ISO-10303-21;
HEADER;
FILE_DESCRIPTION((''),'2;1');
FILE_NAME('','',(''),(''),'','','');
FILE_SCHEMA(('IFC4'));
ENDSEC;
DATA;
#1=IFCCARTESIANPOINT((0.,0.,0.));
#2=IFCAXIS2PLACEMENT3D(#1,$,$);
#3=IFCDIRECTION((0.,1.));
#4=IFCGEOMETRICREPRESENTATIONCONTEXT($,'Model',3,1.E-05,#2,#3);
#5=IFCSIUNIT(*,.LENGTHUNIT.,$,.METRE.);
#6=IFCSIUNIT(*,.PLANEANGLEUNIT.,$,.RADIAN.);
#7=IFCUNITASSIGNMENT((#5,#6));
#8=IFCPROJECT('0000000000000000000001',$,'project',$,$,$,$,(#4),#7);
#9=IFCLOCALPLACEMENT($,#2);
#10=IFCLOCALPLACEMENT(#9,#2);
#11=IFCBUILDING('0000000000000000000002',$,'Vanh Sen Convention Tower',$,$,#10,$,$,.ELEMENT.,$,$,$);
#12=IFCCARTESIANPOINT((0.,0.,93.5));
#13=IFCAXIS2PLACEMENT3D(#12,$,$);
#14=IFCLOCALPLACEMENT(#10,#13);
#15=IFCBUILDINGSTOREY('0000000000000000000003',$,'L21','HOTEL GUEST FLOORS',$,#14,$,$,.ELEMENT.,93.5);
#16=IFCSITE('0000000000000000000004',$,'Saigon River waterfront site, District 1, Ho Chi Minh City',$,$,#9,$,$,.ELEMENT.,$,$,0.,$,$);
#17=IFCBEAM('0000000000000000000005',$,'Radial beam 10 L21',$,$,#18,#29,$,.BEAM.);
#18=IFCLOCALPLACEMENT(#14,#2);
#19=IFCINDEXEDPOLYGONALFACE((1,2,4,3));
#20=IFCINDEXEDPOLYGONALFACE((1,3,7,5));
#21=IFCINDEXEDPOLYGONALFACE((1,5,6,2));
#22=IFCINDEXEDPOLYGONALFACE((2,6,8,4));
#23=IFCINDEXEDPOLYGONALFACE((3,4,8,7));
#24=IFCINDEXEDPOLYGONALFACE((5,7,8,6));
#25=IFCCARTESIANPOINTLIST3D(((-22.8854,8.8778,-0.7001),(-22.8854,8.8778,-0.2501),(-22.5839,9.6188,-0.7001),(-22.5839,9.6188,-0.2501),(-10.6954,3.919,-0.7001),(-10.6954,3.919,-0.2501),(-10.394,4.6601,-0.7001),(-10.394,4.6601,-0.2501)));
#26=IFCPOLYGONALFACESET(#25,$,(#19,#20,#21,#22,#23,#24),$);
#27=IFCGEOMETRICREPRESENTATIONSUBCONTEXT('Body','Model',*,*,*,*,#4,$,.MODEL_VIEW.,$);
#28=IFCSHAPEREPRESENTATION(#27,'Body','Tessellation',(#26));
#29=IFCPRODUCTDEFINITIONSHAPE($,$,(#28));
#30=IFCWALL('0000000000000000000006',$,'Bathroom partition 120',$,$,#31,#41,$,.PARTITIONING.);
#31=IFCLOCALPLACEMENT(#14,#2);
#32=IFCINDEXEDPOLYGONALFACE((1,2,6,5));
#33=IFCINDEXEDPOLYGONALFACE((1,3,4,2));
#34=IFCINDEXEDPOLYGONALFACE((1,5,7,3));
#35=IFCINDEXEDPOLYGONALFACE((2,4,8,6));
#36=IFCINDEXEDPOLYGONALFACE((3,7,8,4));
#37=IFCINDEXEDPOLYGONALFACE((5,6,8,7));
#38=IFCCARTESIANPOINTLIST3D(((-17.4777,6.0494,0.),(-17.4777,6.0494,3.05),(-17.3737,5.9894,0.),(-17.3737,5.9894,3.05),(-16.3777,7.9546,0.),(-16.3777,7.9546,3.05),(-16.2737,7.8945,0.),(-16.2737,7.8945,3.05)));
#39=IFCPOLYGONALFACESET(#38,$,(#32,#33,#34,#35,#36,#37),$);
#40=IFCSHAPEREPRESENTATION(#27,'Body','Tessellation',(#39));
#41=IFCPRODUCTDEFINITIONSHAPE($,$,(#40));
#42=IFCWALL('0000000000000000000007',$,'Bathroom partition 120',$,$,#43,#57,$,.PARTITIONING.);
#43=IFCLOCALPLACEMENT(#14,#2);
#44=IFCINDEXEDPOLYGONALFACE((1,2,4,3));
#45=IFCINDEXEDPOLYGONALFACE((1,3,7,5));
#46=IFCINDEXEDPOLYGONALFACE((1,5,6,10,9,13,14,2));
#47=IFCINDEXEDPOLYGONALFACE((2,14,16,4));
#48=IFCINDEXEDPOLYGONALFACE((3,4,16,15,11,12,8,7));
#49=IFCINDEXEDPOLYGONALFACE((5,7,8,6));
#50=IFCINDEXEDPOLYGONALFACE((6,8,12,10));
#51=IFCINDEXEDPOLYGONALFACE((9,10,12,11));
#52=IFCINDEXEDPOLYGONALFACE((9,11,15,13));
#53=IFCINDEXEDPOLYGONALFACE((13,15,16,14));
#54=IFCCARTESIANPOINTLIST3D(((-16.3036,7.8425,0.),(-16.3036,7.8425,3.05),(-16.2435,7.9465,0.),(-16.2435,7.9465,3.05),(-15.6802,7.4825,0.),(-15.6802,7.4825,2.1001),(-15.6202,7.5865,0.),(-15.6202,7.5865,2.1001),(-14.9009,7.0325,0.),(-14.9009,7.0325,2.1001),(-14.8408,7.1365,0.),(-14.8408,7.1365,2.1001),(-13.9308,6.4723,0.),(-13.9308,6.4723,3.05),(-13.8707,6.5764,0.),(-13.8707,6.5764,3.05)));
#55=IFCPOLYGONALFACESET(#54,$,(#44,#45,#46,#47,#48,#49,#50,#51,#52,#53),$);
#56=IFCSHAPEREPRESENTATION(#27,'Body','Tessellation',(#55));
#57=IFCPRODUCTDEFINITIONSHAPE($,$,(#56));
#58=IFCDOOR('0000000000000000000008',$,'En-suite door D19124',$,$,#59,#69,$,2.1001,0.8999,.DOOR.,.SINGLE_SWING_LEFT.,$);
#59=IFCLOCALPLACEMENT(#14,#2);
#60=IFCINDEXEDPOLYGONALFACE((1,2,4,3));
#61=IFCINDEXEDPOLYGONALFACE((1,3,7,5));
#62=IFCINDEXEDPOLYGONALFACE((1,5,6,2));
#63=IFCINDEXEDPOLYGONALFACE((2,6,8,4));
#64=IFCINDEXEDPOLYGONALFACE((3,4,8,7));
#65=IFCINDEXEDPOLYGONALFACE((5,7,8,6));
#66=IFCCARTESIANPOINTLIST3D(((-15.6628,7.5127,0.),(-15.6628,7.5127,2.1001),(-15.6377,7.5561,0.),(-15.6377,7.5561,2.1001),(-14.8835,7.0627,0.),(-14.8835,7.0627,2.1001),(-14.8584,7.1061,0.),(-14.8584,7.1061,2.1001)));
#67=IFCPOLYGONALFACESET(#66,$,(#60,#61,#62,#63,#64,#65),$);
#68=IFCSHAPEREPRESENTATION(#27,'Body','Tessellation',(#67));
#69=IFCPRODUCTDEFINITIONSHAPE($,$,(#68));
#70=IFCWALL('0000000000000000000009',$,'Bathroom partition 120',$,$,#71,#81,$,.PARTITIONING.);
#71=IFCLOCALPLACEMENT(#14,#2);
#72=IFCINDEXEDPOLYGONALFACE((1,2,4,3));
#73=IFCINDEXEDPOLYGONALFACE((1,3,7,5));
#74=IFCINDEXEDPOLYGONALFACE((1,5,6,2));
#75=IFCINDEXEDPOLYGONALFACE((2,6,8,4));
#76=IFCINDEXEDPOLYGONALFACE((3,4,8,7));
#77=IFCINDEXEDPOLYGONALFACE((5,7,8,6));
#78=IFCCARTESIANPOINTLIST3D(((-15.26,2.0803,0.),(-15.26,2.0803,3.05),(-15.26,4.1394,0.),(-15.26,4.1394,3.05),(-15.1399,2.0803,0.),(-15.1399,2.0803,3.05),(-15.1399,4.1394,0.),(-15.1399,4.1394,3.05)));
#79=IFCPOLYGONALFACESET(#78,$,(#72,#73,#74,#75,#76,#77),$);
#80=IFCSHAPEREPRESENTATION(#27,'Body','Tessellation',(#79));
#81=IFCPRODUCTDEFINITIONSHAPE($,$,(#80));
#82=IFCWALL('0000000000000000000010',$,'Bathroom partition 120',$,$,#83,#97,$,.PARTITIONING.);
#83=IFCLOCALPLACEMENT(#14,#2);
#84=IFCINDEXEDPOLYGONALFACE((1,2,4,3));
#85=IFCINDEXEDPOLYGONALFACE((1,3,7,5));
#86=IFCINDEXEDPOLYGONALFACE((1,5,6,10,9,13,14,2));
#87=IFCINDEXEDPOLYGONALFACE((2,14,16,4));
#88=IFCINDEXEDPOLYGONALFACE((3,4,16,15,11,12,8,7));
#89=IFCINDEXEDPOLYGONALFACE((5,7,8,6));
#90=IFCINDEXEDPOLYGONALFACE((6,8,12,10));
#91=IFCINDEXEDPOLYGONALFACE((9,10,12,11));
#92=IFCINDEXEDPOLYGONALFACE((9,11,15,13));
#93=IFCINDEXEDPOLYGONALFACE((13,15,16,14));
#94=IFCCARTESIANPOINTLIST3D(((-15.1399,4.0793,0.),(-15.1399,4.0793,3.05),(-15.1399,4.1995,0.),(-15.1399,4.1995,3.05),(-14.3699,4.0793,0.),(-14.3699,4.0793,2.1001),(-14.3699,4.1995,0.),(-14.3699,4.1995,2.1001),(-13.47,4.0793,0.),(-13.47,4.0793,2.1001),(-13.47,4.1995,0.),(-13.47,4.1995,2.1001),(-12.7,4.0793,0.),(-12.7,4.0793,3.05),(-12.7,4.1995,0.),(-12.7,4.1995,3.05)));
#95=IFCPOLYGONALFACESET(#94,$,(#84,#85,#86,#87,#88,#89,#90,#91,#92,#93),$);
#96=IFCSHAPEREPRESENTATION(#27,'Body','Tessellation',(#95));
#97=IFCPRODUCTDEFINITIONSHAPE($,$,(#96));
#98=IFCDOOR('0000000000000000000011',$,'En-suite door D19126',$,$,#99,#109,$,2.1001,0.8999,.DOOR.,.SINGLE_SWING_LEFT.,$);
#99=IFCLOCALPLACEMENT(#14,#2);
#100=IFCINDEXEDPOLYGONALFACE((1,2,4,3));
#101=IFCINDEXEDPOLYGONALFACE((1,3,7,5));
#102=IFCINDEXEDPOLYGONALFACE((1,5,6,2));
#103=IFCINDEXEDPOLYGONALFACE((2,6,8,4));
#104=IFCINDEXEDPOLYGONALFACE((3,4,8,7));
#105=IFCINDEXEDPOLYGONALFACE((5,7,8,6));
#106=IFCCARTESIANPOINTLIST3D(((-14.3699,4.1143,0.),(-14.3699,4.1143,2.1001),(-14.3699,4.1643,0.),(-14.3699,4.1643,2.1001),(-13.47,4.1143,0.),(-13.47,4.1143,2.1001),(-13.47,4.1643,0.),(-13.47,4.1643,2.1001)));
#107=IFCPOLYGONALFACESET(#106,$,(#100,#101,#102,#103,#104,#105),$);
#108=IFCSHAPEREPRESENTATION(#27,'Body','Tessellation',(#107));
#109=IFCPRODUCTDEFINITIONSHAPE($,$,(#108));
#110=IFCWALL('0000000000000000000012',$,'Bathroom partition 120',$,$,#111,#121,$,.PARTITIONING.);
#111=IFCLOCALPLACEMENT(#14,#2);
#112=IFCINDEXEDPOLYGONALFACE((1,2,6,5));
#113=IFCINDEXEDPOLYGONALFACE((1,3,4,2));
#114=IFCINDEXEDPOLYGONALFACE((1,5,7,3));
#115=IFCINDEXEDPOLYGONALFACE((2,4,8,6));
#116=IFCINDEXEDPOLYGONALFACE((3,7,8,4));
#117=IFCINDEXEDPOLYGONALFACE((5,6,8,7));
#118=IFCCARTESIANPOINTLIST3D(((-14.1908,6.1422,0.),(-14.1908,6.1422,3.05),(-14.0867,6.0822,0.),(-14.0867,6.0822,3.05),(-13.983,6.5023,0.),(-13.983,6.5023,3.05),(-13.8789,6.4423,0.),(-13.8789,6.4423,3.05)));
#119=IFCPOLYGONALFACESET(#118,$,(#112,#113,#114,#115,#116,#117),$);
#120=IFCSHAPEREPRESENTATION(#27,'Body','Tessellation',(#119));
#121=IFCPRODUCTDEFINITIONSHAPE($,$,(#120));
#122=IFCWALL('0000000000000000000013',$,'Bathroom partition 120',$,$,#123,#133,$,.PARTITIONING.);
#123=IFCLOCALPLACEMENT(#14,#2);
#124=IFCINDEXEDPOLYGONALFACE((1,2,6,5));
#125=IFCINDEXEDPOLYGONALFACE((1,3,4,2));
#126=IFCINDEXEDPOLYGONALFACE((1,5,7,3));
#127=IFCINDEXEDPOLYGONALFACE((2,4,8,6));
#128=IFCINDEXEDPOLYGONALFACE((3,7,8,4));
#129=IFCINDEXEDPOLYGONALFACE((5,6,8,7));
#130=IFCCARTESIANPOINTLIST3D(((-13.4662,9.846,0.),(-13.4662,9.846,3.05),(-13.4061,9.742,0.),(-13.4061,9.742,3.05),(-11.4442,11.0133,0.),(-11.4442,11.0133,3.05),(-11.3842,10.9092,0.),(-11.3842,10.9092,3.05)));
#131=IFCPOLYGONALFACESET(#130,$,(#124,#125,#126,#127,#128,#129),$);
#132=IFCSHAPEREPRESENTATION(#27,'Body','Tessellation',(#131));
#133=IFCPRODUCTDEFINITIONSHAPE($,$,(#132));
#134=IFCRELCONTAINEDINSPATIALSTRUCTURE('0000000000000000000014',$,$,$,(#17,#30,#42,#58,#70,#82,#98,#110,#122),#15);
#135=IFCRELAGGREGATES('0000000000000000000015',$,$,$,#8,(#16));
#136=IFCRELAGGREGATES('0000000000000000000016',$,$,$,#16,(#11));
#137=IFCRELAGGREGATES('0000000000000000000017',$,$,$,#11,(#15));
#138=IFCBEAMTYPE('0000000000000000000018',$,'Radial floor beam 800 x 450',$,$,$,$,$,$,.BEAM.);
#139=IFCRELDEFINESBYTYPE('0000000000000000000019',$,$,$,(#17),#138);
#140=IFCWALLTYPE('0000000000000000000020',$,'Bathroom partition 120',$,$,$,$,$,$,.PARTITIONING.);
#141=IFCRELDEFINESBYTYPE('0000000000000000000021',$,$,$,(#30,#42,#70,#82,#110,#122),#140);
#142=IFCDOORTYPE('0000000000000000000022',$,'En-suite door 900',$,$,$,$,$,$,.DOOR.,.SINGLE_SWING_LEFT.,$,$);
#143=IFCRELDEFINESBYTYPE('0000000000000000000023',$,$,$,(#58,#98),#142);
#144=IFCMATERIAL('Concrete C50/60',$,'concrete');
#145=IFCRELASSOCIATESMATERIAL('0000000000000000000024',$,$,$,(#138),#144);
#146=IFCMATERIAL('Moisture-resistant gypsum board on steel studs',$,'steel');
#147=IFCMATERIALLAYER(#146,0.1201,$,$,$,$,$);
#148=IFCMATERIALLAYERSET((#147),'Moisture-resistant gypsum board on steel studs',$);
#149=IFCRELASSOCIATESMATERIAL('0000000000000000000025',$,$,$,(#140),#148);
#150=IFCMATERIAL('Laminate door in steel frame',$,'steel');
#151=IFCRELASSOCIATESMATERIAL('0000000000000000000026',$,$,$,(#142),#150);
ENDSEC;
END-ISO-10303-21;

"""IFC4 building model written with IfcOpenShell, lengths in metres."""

from ifc_helpers import new_model, si_unit, direction, frame, frame_2d, origin, origin_2d, place, context, subcontext, project, spatial, rectangle, extrude, material, layer, layer_set, material_profile, profile_set, type_object, element, fill, save


model = new_model("IFC4")

# Units and contexts
model_context = context("Model", 3, precision=1e-05, world=origin(), true_north=direction((0.0, 1.0)))
body_context = subcontext(model_context, "Body", "Model", "MODEL_VIEW")
ifc_project = project(units=[si_unit("LENGTHUNIT", "METRE"), si_unit("PLANEANGLEUNIT", "RADIAN")], contexts=[model_context])

# Site, building, storey
site_placement = place(None, origin())
site = spatial("IfcSite", under=ifc_project, at=site_placement, Name="Saigon River waterfront site, District 1, Ho Chi Minh City", CompositionType="ELEMENT", RefElevation=0.0)
building_placement = place(site_placement, origin())
building = spatial("IfcBuilding", under=site, at=building_placement, Name="Vanh Sen Convention Tower", CompositionType="ELEMENT")
storey_placement = place(building_placement, frame((0.0, 0.0, 93.5)))
storey = spatial("IfcBuildingStorey", under=building, at=storey_placement, Name="L21", Description="HOTEL GUEST FLOORS", CompositionType="ELEMENT", Elevation=93.5)

# Beam
ifc_material_1 = material(Name="Concrete C50/60", Category="concrete")
ifc_material_profile = material_profile(ifc_material_1, rectangle(XDim=0.8, YDim=0.45, at=origin_2d()), Name="RC 800X450")
ifc_profile_set = profile_set([ifc_material_profile], Name="Concrete C50/60")
beam_type = type_object("IfcBeamType", Name="Radial floor beam 800 x 450", PredefinedType="BEAM", material=ifc_profile_set)
beam_placement = place(storey_placement, frame((-22.7346, 9.2483, -0.4751), z_axis=(0.926292, -0.376806, 0.0), x_axis=(0.376806, 0.926292, 0.0)))
element("IfcBeam", 1, at=beam_placement, inside=storey, type_object=beam_type, Name="Radial beam 10 L21", PredefinedType="BEAM", context=body_context, shape_type="SweptSolid", body=[
    extrude(rectangle(XDim=0.8, YDim=0.45, at=origin_2d()), origin(), (0.0, 0.0, 1.0), 13.1599),
])

# Wall
ifc_material_2 = material(Name="Moisture-resistant gypsum board on steel studs", Category="steel")
ifc_layer_1 = layer(ifc_material_2, 0.1201)
ifc_layer_set_1 = layer_set([ifc_layer_1], Name="Moisture-resistant gypsum board on steel studs")
wall_type_1 = type_object("IfcWallType", Name="Bathroom partition 120", PredefinedType="PARTITIONING", material=ifc_layer_set_1)
wall_1_placement = place(storey_placement, frame((-17.4258, 6.0193, 0.0), z_axis=(0.0, 0.0, 1.0), x_axis=(0.50003, 0.866008, 0.0)))
element("IfcWall", 2, at=wall_1_placement, inside=storey, type_object=wall_type_1, Name="Bathroom partition 120", PredefinedType="PARTITIONING", context=body_context, shape_type="SweptSolid", body=[
    extrude(rectangle(XDim=2.2, YDim=0.1201, at=frame_2d((1.1001, 0.0))), origin(), (0.0, 0.0, 1.0), 3.05),
])

# Wall, opening, door
wall_2_placement = place(storey_placement, frame((-16.2737, 7.8945, 0.0), z_axis=(0.0, 0.0, 1.0), x_axis=(0.865997, -0.500049, 0.0)))
wall_2 = element("IfcWall", 3, at=wall_2_placement, inside=storey, type_object=wall_type_1, Name="Bathroom partition 120", PredefinedType="PARTITIONING", context=body_context, shape_type="SweptSolid", body=[
    extrude(rectangle(XDim=2.74, YDim=0.1201, at=frame_2d((1.3701, 0.0))), origin(), (0.0, 0.0, 1.0), 3.05),
])
opening_1_placement = place(wall_2_placement, frame((0.72, 0.0, 0.0)))
opening_1 = element("IfcOpeningElement", 4, at=opening_1_placement, cuts=wall_2, PredefinedType="OPENING", context=body_context, shape_type="SweptSolid", body=[
    extrude(rectangle(XDim=0.8999, YDim=2.1001, at=frame_2d((0.45, 1.05))), frame((0.0, 0.0701, 0.0), z_axis=(0.0, -1.0, 0.0), x_axis=(1.0, 0.0, 0.0)), (0.0, 0.0, 1.0), 0.1401),
])
ifc_material_3 = material(Name="Laminate door in steel frame", Category="steel")
door_type_1 = type_object("IfcDoorType", Name="En-suite door 900", OperationType="SINGLE_SWING_LEFT", PredefinedType="DOOR", material=ifc_material_3)
door_1_placement = place(opening_1_placement, origin())
door_1 = element("IfcDoor", 5, at=door_1_placement, inside=storey, type_object=door_type_1, Name="En-suite door D19124", OperationType="SINGLE_SWING_LEFT", OverallHeight=2.1001, OverallWidth=0.8999, PredefinedType="DOOR", context=body_context, shape_type="SweptSolid", body=[
    extrude(rectangle(XDim=0.8999, YDim=2.1001, at=frame_2d((0.45, 1.05))), frame((0.0, 0.0249, 0.0), z_axis=(0.0, -1.0, 0.0), x_axis=(1.0, 0.0, 0.0)), (0.0, 0.0, 1.0), 0.05),
])
fill(opening_1, door_1)

# Wall
wall_3_placement = place(storey_placement, frame((-15.2, 2.0803, 0.0), z_axis=(0.0, 0.0, 1.0), x_axis=(0.0, 1.0, 0.0)))
element("IfcWall", 6, at=wall_3_placement, inside=storey, type_object=wall_type_1, Name="Bathroom partition 120", PredefinedType="PARTITIONING", context=body_context, shape_type="SweptSolid", body=[
    extrude(rectangle(XDim=2.0591, YDim=0.1201, at=frame_2d((1.0295, 0.0))), origin(), (0.0, 0.0, 1.0), 3.05),
])

# Wall, opening, door
wall_4_placement = place(storey_placement, frame((-15.1399, 4.1394, 0.0), z_axis=(0.0, 0.0, 1.0), x_axis=(1.0, 0.0, 0.0)))
wall_4 = element("IfcWall", 7, at=wall_4_placement, inside=storey, type_object=wall_type_1, Name="Bathroom partition 120", PredefinedType="PARTITIONING", context=body_context, shape_type="SweptSolid", body=[
    extrude(rectangle(XDim=2.4399, YDim=0.1201, at=frame_2d((1.22, 0.0))), origin(), (0.0, 0.0, 1.0), 3.05),
])
opening_2_placement = place(wall_4_placement, frame((0.77, 0.0, 0.0)))
opening_2 = element("IfcOpeningElement", 8, at=opening_2_placement, cuts=wall_4, PredefinedType="OPENING", context=body_context, shape_type="SweptSolid", body=[
    extrude(rectangle(XDim=0.8999, YDim=2.1001, at=frame_2d((0.45, 1.05))), frame((0.0, 0.0701, 0.0), z_axis=(0.0, -1.0, 0.0), x_axis=(1.0, 0.0, 0.0)), (0.0, 0.0, 1.0), 0.1401),
])
door_2_placement = place(opening_2_placement, origin())
door_2 = element("IfcDoor", 9, at=door_2_placement, inside=storey, type_object=door_type_1, Name="En-suite door D19126", OperationType="SINGLE_SWING_LEFT", OverallHeight=2.1001, OverallWidth=0.8999, PredefinedType="DOOR", context=body_context, shape_type="SweptSolid", body=[
    extrude(rectangle(XDim=0.8999, YDim=2.1001, at=frame_2d((0.45, 1.05))), frame((0.0, 0.0249, 0.0), z_axis=(0.0, -1.0, 0.0), x_axis=(1.0, 0.0, 0.0)), (0.0, 0.0, 1.0), 0.05),
])
fill(opening_2, door_2)

# Walls
wall_5_placement = place(storey_placement, frame((-13.9309, 6.4724, 0.0), z_axis=(0.0, 0.0, 1.0), x_axis=(-0.499739, -0.866176, 0.0)))
element("IfcWall", 10, at=wall_5_placement, inside=storey, type_object=wall_type_1, Name="Bathroom partition 120", PredefinedType="PARTITIONING", context=body_context, shape_type="SweptSolid", body=[
    extrude(rectangle(XDim=0.4158, YDim=0.1201, at=frame_2d((0.208, 0.0))), origin(), (0.0, 0.0, 1.0), 3.05),
])
wall_6_placement = place(storey_placement, frame((-13.4363, 9.7939, 0.0), z_axis=(0.0, 0.0, 1.0), x_axis=(0.866053, 0.499952, 0.0)))
element("IfcWall", 11, at=wall_6_placement, inside=storey, type_object=wall_type_1, Name="Bathroom partition 120", PredefinedType="PARTITIONING", context=body_context, shape_type="SweptSolid", body=[
    extrude(rectangle(XDim=2.3347, YDim=0.1201, at=frame_2d((1.1675, 0.0))), origin(), (0.0, 0.0, 1.0), 3.05),
])

save(model, "model.ifc")
